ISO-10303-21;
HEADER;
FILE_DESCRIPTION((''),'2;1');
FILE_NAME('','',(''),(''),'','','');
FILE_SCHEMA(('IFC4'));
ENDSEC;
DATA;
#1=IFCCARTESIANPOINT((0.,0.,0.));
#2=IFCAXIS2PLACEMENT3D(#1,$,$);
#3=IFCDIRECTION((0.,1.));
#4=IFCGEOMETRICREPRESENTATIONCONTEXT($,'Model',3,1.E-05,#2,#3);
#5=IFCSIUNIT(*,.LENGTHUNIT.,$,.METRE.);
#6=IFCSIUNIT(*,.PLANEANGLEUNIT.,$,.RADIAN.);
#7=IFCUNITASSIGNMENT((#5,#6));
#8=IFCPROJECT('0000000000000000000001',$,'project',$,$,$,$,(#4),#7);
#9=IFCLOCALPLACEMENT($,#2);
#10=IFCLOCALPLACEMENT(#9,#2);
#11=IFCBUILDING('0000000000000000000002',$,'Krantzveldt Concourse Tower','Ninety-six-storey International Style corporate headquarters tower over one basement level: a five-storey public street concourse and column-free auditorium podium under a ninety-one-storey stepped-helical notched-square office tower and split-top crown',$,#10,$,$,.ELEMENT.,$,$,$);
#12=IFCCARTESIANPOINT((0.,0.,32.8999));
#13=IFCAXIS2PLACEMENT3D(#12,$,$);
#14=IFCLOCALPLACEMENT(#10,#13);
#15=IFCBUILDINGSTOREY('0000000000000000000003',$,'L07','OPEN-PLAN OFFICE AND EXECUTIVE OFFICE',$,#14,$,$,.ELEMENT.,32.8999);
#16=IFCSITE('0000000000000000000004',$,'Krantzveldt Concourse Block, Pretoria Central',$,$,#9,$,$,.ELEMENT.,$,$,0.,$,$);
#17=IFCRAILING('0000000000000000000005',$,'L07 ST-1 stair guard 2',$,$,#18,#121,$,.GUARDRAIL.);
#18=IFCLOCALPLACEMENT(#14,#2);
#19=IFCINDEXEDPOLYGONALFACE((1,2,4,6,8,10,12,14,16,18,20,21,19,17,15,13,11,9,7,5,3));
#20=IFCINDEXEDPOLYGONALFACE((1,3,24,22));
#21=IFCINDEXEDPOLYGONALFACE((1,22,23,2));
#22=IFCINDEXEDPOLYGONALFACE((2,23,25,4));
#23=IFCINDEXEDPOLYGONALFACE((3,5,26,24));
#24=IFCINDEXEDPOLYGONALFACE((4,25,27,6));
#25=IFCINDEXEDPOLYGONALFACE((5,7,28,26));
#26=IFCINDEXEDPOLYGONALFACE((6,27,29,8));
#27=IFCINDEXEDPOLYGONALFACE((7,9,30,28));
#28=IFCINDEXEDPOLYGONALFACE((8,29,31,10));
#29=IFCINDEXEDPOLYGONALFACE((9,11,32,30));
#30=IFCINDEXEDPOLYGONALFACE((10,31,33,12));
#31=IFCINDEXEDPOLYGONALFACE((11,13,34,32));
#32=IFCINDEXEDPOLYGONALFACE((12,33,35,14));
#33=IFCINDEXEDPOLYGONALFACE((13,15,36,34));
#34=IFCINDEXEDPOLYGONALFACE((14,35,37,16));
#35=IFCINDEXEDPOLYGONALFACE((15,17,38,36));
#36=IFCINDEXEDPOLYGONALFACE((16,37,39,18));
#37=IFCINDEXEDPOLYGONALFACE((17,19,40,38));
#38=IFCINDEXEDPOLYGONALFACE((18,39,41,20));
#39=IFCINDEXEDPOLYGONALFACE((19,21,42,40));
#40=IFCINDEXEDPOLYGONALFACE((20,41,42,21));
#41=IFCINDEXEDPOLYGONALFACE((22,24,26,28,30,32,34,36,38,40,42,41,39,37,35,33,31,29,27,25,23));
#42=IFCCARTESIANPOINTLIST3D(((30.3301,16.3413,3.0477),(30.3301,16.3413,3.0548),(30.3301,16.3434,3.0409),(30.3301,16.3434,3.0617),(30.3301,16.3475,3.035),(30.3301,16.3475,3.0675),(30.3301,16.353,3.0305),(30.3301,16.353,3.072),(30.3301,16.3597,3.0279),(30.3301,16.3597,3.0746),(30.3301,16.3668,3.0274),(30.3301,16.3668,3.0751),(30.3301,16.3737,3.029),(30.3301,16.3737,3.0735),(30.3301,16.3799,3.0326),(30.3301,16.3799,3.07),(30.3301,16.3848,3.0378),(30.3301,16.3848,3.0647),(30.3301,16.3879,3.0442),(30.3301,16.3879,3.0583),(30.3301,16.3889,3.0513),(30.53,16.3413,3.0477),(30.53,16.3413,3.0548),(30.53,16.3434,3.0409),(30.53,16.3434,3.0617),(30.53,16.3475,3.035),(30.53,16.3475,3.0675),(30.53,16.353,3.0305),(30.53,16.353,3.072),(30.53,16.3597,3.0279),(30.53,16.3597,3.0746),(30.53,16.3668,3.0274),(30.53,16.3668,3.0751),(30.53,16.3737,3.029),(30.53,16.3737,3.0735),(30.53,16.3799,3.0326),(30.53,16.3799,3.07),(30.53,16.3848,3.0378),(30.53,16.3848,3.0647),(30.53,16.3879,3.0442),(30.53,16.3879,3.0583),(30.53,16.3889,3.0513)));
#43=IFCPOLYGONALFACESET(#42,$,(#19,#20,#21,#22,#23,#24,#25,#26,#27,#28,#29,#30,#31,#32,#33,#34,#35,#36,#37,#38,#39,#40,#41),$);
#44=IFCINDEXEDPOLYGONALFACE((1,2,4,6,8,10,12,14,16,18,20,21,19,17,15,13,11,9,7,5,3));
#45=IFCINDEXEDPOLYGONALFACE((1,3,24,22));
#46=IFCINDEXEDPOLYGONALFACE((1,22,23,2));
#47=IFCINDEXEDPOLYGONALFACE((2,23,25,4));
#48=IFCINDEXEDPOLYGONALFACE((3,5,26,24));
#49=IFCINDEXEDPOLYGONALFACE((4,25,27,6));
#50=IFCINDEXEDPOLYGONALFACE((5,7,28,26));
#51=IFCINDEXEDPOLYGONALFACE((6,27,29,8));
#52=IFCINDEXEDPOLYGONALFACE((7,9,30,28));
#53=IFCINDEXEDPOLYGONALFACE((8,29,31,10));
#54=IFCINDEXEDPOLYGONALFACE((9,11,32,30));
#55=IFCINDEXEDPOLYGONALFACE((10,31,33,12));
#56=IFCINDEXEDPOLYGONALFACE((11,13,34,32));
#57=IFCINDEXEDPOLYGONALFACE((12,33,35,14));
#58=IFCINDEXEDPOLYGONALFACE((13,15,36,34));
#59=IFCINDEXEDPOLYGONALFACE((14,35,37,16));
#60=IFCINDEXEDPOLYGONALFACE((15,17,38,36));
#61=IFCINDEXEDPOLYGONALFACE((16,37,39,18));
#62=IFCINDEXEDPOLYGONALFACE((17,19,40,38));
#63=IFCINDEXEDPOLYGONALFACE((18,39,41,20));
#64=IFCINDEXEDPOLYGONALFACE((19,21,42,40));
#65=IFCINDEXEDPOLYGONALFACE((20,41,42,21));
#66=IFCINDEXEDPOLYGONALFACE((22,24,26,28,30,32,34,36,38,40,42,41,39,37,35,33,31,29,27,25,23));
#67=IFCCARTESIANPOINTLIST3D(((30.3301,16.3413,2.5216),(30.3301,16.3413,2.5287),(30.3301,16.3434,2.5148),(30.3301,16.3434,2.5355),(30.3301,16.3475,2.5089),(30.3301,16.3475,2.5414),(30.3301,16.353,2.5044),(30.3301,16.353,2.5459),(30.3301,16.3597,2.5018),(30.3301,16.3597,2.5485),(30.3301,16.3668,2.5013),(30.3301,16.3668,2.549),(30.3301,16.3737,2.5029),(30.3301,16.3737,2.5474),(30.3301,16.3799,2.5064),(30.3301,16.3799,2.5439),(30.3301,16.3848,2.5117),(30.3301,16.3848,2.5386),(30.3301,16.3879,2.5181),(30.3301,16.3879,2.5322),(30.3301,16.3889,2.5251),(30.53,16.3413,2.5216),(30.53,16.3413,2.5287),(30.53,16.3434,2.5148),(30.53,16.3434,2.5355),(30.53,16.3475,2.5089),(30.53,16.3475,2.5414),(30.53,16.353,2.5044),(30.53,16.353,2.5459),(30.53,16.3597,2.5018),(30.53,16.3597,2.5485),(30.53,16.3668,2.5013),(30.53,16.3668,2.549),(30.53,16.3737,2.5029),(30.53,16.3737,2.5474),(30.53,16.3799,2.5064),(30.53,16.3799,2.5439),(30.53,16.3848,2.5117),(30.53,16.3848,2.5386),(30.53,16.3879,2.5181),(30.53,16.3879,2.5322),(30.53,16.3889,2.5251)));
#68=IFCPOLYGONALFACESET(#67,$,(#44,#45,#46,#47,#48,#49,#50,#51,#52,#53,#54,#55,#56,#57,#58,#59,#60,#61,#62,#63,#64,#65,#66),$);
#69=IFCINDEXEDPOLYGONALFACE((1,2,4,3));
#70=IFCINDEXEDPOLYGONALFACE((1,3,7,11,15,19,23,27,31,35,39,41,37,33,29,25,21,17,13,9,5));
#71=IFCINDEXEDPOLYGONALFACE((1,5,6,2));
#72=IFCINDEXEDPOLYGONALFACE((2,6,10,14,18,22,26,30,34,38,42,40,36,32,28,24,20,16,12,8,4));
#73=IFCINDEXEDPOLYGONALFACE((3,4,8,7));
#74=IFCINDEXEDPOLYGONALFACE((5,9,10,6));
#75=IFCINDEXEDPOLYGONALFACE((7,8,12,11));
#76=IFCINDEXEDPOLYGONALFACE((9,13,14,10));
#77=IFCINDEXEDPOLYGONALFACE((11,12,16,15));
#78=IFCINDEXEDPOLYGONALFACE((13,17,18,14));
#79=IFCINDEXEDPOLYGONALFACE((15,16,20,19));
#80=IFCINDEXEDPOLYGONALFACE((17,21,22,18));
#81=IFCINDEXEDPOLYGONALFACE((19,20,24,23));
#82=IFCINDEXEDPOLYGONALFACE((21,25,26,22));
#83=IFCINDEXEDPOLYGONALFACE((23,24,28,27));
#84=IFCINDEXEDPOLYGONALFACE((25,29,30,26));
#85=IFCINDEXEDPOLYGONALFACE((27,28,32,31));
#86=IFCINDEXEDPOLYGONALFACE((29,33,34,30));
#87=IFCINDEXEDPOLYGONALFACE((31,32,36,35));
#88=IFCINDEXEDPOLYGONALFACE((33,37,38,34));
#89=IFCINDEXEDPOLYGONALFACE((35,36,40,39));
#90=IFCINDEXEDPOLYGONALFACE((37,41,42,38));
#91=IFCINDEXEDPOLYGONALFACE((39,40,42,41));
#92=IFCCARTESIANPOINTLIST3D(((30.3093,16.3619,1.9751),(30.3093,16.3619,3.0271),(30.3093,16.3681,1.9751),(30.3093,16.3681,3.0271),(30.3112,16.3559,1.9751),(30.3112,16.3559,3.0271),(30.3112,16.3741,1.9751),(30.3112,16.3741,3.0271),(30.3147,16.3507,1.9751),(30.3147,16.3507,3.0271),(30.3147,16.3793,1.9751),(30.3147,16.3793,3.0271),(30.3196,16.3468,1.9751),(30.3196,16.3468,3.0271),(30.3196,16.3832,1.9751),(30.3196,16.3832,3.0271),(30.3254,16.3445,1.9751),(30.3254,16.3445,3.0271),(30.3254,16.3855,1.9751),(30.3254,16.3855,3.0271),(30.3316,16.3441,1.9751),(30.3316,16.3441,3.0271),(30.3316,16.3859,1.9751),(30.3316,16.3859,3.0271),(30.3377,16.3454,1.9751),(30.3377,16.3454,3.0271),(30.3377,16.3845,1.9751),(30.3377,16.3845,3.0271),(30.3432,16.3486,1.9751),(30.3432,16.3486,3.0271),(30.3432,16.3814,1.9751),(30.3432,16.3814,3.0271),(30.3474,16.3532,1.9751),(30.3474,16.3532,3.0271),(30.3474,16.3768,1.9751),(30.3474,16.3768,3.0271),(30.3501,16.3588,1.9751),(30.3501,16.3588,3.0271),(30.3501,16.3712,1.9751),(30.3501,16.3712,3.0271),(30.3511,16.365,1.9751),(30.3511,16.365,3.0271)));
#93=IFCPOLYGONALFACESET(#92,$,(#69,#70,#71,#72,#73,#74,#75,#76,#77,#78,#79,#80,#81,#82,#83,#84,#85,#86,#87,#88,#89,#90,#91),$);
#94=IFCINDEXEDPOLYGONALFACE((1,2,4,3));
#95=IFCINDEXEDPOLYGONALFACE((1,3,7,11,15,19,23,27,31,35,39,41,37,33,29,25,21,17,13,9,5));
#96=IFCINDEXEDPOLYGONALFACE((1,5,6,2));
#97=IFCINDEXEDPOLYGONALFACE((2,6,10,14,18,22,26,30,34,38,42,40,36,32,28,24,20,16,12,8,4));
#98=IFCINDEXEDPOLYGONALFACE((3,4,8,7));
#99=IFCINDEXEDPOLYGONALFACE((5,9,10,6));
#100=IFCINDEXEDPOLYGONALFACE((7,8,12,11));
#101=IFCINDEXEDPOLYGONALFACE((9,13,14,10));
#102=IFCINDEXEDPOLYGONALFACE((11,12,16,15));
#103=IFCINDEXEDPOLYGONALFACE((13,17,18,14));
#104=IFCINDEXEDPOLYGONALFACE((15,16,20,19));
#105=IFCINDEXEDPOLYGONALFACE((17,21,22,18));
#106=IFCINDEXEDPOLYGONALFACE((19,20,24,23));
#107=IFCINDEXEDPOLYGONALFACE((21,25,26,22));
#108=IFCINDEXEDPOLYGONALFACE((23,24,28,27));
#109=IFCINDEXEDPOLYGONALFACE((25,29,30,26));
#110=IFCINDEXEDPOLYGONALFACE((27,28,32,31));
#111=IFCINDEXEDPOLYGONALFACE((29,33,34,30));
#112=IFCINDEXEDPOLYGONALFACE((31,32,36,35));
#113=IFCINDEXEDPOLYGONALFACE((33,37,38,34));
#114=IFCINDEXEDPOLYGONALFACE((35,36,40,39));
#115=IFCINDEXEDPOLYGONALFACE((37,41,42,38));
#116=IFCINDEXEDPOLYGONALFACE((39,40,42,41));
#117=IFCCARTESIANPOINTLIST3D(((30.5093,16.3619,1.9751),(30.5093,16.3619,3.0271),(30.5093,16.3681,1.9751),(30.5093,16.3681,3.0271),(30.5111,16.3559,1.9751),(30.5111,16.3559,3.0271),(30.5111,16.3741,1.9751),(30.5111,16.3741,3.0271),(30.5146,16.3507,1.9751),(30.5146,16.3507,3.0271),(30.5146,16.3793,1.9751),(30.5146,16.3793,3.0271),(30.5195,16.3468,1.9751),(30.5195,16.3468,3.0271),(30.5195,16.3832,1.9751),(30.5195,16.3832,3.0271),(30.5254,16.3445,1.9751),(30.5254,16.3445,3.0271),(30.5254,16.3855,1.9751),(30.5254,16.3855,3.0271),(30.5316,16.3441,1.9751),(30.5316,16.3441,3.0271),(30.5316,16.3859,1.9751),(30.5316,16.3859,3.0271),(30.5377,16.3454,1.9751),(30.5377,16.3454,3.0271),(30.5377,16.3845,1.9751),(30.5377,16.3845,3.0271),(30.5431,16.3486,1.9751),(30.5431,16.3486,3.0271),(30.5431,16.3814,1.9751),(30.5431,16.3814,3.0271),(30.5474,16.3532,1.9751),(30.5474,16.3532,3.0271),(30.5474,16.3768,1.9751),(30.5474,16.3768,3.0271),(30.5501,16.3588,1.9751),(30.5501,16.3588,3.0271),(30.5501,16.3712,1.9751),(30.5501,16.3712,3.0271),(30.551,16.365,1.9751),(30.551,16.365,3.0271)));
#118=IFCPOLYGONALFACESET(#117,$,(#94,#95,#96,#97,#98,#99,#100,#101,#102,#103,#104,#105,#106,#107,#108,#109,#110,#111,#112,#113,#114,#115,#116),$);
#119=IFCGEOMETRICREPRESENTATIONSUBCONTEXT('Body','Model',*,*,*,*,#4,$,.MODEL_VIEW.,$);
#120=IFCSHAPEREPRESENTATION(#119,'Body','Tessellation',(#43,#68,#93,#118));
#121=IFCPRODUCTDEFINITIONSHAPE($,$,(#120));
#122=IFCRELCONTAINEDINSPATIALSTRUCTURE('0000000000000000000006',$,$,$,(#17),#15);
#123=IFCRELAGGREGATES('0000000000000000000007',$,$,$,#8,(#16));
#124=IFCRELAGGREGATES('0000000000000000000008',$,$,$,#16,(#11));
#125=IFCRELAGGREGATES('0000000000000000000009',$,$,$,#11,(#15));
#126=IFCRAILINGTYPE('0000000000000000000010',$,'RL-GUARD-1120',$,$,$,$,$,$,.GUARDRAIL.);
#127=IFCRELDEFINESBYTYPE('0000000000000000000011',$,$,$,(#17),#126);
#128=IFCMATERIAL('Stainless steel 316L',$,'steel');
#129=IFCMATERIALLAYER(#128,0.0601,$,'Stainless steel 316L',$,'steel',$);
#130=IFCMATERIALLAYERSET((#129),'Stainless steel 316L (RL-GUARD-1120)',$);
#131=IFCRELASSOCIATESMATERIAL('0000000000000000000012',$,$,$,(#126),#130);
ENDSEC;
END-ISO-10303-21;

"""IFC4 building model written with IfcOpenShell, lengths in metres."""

from ifc_helpers import new_model, si_unit, direction, frame, origin, origin_2d, place, context, subcontext, project, spatial, circle, extrude, material, layer, layer_set, type_object, element, save


model = new_model("IFC4")

# Units and contexts
model_context = context("Model", 3, precision=1e-05, world=origin(), true_north=direction((0.0, 1.0)))
body_context = subcontext(model_context, "Body", "Model", "MODEL_VIEW")
ifc_project = project(units=[si_unit("LENGTHUNIT", "METRE"), si_unit("PLANEANGLEUNIT", "RADIAN")], contexts=[model_context])

# Site, building, storey
site_placement = place(None, origin())
site = spatial("IfcSite", under=ifc_project, at=site_placement, Name="Krantzveldt Concourse Block, Pretoria Central", CompositionType="ELEMENT", RefElevation=0.0)
building_placement = place(site_placement, origin())
building = spatial("IfcBuilding", under=site, at=building_placement, Name="Krantzveldt Concourse Tower", Description="Ninety-six-storey International Style corporate headquarters tower over one basement level: a five-storey public street concourse and column-free auditorium podium under a ninety-one-storey stepped-helical notched-square office tower and split-top crown", CompositionType="ELEMENT")
storey_placement = place(building_placement, frame((0.0, 0.0, 32.8999)))
storey = spatial("IfcBuildingStorey", under=building, at=storey_placement, Name="L07", Description="OPEN-PLAN OFFICE AND EXECUTIVE OFFICE", CompositionType="ELEMENT", Elevation=32.8999)

# Railing
ifc_material_1 = material(Name="Stainless steel 316L", Category="steel")
ifc_layer_1 = layer(ifc_material_1, 0.0601, Name="Stainless steel 316L", Category="steel")
ifc_layer_set_1 = layer_set([ifc_layer_1], Name="Stainless steel 316L (RL-GUARD-1120)")
railing_type_1 = type_object("IfcRailingType", Name="RL-GUARD-1120", PredefinedType="GUARDRAIL", material=ifc_layer_set_1)
railing_1_placement = place(storey_placement, frame((30.3301, 16.365, 1.9751)))
element("IfcRailing", 1, at=railing_1_placement, inside=storey, type_object=railing_type_1, Name="L07 ST-1 stair guard 2", PredefinedType="GUARDRAIL", context=body_context, shape_type="SweptSolid", body=[
    extrude(circle(Radius=0.0239, at=origin_2d()), frame((0.0, 0.0, 1.0762), z_axis=(1.0, 0.0, 0.0), x_axis=(0.0, 1.0, 0.0)), (0.0, 0.0, 1.0), 0.2),
    extrude(circle(Radius=0.0239, at=origin_2d()), frame((0.0, 0.0, 0.55), z_axis=(1.0, 0.0, 0.0), x_axis=(0.0, 1.0, 0.0)), (0.0, 0.0, 1.0), 0.2),
    extrude(circle(Radius=0.021, at=origin_2d()), origin(), (0.0, 0.0, 1.0), 1.052),
    extrude(circle(Radius=0.021, at=origin_2d()), frame((0.2, 0.0, 0.0)), (0.0, 0.0, 1.0), 1.052),
])

save(model, "model.ifc")
